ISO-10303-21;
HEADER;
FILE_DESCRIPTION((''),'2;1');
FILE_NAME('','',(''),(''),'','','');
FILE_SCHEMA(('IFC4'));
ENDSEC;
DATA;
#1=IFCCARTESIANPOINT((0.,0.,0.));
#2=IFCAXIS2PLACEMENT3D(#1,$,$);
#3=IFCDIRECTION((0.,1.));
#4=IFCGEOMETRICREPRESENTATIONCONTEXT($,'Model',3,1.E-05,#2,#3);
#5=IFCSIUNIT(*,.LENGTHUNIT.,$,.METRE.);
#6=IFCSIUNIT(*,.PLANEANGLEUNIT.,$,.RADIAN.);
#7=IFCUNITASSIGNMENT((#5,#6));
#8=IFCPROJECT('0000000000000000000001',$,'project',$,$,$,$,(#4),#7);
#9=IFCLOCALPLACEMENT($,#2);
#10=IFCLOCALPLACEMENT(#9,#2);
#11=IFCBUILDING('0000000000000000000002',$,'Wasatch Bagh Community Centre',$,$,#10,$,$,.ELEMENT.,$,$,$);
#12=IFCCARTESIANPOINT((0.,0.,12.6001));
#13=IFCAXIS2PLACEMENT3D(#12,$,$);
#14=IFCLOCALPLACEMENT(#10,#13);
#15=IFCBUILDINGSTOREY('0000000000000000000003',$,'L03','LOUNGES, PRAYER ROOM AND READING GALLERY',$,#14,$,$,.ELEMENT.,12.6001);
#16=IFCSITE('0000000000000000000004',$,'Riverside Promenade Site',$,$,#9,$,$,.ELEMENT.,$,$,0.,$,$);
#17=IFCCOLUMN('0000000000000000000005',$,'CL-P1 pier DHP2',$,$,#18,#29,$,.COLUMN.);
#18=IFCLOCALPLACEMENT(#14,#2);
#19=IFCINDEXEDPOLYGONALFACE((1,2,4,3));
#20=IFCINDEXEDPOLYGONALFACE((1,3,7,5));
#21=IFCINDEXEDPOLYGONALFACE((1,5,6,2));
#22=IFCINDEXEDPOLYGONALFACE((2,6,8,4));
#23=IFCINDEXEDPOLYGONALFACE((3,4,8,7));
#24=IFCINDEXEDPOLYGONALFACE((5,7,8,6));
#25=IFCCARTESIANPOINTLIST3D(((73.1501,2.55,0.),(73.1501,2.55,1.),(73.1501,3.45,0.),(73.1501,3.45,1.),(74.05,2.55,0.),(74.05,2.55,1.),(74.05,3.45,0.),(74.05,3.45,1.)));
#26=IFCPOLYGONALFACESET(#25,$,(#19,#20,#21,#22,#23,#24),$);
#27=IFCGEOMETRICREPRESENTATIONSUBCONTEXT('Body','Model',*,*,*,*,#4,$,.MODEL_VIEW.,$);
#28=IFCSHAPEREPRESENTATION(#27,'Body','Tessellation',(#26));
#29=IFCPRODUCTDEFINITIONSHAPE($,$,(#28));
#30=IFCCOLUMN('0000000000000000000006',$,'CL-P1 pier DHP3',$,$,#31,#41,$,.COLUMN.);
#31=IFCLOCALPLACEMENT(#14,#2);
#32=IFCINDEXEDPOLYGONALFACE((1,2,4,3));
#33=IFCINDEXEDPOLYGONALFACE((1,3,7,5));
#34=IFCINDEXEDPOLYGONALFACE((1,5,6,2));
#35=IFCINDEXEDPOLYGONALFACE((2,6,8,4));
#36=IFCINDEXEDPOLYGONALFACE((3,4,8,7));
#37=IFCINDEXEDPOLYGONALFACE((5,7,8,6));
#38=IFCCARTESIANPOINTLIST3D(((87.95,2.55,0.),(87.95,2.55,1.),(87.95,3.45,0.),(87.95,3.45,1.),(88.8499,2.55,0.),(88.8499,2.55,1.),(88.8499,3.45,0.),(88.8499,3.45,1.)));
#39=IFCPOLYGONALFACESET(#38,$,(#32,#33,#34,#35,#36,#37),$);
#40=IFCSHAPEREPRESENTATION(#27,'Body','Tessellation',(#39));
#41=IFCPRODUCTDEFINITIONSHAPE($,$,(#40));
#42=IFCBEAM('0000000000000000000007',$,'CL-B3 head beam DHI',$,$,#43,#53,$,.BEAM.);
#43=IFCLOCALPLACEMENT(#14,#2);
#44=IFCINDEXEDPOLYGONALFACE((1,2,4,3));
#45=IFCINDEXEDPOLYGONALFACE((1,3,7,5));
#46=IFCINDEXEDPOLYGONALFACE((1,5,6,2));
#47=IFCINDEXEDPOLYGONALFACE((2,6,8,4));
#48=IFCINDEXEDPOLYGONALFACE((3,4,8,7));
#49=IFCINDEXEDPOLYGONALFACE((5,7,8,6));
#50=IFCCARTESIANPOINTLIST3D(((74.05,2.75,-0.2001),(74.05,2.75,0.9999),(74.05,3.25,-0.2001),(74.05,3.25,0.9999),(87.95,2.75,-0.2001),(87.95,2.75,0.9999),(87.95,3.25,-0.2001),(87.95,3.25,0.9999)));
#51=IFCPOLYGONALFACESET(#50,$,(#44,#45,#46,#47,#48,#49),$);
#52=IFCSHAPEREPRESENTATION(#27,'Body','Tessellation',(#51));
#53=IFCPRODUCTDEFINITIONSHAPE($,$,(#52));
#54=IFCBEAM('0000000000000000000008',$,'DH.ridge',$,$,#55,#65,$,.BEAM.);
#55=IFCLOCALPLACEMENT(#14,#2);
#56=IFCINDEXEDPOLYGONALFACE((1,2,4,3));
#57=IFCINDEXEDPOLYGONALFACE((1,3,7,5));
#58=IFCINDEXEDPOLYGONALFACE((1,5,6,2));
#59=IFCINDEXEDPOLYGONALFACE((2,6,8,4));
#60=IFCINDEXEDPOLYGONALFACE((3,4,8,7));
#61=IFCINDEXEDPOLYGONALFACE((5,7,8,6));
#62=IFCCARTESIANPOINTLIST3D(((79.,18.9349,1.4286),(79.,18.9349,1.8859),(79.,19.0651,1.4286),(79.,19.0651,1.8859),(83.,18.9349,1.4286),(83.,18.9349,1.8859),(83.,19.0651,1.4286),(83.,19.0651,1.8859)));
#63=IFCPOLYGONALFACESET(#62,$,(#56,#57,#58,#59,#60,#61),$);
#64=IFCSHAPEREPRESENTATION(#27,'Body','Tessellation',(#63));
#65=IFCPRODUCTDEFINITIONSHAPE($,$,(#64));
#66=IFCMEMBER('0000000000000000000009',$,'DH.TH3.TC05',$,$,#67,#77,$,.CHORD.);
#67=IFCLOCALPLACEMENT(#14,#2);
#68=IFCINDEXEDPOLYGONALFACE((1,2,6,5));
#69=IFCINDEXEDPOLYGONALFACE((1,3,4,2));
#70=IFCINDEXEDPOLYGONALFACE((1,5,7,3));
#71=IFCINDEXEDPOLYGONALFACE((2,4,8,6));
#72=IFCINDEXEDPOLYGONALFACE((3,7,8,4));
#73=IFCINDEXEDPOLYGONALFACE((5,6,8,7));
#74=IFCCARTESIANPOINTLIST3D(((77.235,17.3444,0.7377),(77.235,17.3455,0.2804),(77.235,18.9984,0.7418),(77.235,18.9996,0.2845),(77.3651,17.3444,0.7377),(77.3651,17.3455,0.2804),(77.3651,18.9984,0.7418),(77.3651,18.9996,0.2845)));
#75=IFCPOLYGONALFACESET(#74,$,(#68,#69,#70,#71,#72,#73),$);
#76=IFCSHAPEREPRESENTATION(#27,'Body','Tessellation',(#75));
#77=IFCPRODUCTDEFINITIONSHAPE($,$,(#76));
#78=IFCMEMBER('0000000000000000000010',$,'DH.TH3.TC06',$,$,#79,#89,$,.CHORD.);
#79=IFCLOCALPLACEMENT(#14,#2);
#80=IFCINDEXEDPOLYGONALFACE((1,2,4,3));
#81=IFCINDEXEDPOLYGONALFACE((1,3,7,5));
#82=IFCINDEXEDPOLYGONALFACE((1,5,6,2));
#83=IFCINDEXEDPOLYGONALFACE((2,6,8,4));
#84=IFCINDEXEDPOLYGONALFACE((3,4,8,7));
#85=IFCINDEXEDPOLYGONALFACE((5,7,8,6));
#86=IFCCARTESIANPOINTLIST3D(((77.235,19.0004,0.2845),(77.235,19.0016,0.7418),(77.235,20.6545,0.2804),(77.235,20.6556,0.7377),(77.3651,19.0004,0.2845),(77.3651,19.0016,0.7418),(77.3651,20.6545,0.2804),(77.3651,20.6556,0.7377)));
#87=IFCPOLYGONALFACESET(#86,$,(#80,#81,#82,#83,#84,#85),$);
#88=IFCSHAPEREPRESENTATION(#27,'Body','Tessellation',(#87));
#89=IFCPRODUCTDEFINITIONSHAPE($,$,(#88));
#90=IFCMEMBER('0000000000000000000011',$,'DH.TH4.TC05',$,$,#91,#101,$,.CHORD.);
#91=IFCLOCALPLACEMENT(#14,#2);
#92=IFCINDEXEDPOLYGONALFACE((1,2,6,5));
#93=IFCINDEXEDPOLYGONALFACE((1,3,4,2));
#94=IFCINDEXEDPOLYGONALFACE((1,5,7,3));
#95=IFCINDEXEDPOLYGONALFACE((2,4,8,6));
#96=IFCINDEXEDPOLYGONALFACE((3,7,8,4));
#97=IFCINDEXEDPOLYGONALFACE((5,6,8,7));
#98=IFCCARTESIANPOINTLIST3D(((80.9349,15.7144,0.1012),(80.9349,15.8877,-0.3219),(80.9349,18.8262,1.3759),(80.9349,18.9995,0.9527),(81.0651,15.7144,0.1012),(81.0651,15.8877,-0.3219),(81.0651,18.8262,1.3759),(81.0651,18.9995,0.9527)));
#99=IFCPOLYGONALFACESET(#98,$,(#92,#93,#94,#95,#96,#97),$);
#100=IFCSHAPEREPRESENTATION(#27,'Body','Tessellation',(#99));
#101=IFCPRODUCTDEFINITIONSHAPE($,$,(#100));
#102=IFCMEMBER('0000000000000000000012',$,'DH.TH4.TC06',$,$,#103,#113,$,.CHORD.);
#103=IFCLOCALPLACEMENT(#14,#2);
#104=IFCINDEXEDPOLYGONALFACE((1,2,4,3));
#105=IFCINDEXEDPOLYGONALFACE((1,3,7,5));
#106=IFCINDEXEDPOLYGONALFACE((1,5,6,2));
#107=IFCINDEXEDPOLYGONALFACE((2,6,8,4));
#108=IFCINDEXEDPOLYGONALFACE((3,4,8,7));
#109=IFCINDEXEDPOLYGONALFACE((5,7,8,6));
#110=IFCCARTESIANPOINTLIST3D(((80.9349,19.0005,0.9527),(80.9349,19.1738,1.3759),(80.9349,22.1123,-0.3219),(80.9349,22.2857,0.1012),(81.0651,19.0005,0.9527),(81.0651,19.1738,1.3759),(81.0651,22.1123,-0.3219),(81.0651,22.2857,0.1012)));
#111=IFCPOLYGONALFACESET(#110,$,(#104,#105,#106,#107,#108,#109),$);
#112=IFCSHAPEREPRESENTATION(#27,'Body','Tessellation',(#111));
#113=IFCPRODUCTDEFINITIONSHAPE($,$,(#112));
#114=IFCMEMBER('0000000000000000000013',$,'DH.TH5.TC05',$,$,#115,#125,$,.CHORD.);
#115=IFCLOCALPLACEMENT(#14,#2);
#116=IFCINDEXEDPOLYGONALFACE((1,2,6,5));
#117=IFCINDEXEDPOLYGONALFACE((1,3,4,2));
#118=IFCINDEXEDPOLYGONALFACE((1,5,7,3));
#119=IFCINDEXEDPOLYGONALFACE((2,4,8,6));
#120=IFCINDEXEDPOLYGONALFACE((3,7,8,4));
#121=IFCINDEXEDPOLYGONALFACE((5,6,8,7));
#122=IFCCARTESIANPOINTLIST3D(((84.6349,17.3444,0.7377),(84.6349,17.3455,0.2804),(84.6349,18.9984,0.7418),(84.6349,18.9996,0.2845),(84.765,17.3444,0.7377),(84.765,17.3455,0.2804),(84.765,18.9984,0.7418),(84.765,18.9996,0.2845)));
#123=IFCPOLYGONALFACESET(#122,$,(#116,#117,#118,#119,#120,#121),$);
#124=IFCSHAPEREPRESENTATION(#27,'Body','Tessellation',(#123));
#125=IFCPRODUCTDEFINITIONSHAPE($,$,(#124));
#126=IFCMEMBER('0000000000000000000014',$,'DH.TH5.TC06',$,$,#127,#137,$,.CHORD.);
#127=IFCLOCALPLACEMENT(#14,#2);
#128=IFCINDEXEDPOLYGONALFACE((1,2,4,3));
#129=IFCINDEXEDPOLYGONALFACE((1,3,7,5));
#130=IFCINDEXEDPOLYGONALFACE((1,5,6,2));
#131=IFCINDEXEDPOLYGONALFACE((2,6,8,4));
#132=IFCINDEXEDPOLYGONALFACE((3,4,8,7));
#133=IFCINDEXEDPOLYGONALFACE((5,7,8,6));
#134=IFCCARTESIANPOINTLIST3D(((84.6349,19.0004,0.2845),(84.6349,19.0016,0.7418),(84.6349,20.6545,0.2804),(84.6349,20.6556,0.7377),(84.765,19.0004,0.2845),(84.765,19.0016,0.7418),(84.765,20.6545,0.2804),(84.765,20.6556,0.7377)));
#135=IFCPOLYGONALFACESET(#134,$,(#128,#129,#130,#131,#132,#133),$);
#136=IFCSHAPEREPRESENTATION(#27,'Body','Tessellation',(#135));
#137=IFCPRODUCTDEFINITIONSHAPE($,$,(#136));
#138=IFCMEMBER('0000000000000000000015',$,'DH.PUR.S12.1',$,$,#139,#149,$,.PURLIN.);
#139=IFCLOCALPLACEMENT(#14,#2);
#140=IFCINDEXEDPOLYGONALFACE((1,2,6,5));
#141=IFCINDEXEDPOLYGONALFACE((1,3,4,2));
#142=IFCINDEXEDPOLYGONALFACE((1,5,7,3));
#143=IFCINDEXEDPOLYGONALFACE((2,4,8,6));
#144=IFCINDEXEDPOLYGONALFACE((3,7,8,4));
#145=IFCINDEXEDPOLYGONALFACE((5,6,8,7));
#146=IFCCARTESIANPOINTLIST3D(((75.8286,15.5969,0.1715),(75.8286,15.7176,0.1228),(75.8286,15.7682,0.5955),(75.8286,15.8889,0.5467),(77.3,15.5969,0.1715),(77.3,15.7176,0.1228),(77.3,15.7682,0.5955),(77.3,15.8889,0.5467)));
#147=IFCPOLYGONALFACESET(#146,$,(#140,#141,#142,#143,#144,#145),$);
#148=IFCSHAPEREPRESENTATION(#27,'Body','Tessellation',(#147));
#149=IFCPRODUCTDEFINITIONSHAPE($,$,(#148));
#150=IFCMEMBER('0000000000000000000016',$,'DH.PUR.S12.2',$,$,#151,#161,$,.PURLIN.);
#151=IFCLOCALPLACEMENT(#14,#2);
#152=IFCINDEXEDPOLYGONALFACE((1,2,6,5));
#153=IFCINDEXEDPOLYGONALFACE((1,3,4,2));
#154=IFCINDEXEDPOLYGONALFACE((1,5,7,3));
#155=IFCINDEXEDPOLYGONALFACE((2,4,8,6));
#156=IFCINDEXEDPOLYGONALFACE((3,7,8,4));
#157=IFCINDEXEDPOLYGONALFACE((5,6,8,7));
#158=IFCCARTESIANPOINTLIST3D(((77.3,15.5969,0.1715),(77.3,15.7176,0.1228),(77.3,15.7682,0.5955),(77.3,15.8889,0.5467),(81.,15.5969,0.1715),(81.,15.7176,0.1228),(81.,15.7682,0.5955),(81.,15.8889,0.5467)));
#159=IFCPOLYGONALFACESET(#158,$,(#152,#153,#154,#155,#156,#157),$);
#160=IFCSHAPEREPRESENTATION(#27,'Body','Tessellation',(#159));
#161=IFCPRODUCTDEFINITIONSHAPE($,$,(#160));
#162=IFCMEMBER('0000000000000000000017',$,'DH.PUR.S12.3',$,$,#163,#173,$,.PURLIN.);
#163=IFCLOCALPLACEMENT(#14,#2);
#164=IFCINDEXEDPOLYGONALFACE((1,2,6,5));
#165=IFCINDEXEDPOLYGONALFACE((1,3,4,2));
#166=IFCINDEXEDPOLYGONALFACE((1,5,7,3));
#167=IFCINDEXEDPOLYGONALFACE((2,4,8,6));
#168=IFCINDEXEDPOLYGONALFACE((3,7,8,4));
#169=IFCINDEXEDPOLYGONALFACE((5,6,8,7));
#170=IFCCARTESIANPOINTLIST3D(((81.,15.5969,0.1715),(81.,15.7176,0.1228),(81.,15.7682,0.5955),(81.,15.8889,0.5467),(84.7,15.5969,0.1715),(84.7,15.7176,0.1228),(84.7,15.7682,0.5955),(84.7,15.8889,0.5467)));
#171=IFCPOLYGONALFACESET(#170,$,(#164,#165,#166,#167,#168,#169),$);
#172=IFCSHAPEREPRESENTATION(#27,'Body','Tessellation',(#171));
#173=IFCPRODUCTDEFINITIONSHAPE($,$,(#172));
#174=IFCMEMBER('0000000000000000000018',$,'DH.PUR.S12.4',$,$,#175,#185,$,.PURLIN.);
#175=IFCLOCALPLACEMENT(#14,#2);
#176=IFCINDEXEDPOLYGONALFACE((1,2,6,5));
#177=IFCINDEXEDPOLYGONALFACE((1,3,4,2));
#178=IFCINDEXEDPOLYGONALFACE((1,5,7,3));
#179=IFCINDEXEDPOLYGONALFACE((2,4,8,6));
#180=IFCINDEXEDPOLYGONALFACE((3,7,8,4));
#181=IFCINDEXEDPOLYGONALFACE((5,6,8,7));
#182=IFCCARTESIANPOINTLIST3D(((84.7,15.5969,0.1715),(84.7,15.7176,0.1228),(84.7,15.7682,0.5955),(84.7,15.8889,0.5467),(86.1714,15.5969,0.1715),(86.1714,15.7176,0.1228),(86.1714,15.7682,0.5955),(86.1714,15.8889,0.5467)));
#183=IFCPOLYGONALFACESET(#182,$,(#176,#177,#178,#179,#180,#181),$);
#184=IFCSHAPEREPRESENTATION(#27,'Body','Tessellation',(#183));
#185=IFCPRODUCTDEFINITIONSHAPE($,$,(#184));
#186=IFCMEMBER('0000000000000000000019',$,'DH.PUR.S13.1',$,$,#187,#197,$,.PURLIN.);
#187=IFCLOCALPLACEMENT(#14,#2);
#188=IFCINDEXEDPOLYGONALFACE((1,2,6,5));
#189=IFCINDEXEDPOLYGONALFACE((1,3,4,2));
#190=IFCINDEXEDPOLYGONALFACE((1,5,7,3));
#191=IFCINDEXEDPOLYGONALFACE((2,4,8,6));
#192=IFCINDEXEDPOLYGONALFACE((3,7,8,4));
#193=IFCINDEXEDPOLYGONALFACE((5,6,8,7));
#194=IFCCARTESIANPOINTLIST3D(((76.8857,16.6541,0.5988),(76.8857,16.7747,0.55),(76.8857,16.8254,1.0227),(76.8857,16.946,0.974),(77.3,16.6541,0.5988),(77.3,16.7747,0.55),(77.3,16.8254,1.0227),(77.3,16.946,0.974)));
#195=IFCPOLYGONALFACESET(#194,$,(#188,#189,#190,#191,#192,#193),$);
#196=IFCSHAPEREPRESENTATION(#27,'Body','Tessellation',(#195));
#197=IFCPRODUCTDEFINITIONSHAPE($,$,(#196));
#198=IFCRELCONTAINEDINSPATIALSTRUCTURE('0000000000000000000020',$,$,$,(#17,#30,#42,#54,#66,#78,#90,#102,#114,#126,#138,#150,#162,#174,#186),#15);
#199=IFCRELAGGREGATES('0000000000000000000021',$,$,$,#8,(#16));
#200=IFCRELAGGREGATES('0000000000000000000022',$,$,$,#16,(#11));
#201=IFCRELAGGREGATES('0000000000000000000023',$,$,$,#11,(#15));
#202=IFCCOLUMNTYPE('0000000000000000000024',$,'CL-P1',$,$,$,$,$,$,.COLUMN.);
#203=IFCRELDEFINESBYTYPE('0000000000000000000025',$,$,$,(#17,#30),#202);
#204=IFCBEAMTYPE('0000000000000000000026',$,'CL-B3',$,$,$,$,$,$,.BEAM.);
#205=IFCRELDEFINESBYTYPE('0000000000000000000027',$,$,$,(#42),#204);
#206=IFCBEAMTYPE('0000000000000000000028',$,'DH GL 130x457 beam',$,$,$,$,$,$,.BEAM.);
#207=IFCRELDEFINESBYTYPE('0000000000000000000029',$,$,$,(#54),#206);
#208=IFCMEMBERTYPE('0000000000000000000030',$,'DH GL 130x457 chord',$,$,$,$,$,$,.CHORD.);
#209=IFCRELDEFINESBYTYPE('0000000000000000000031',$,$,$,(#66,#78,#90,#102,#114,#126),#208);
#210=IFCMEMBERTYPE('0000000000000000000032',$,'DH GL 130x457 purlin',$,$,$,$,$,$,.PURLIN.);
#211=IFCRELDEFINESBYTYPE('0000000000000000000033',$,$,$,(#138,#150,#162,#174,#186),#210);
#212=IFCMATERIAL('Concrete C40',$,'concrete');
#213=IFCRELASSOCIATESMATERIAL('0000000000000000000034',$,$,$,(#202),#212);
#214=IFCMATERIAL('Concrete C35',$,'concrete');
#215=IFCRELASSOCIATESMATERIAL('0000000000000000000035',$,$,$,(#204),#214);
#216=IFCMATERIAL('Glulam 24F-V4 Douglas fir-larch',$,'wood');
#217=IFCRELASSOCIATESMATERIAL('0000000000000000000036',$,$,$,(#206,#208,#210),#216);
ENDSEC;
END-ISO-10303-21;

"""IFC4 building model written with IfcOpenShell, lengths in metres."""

from ifc_helpers import new_model, si_unit, direction, frame, origin, origin_2d, place, context, subcontext, project, spatial, rectangle, extrude, material, material_profile, profile_set, type_object, element, save


model = new_model("IFC4")

# Units and contexts
model_context = context("Model", 3, precision=1e-05, world=origin(), true_north=direction((0.0, 1.0)))
body_context = subcontext(model_context, "Body", "Model", "MODEL_VIEW")
ifc_project = project(units=[si_unit("LENGTHUNIT", "METRE"), si_unit("PLANEANGLEUNIT", "RADIAN")], contexts=[model_context])

# Site, building, storey
site_placement = place(None, origin())
site = spatial("IfcSite", under=ifc_project, at=site_placement, Name="Riverside Promenade Site", CompositionType="ELEMENT", RefElevation=0.0)
building_placement = place(site_placement, origin())
building = spatial("IfcBuilding", under=site, at=building_placement, Name="Wasatch Bagh Community Centre", CompositionType="ELEMENT")
storey_placement = place(building_placement, frame((0.0, 0.0, 12.6001)))
storey = spatial("IfcBuildingStorey", under=building, at=storey_placement, Name="L03", Description="LOUNGES, PRAYER ROOM AND READING GALLERY", CompositionType="ELEMENT", Elevation=12.6001)

# Columns
ifc_material_1 = material(Name="Concrete C40", Category="concrete")
ifc_material_profile_1 = material_profile(ifc_material_1, rectangle(XDim=0.8999, YDim=0.8999, at=origin_2d()), Name="RC 900x900")
ifc_profile_set_1 = profile_set([ifc_material_profile_1], Name="Concrete C40")
column_type = type_object("IfcColumnType", Name="CL-P1", PredefinedType="COLUMN", material=ifc_profile_set_1)
for number, where, z_axis, x_axis, name in (
    (1, (73.6001, 3.0, 0.0), (0.0, 0.0, 1.0), (1.0, 0.0, 0.0), "CL-P1 pier DHP2"),
    (2, (88.3999, 3.0, 0.0), (0.0, 0.0, 1.0), (1.0, 0.0, 0.0), "CL-P1 pier DHP3"),
):
    element("IfcColumn", number, at=place(storey_placement, frame(where, z_axis=z_axis, x_axis=x_axis)), inside=storey, type_object=column_type, Name=name, PredefinedType="COLUMN", context=body_context, shape_type="SweptSolid", body=[
        extrude(rectangle(XDim=0.8999, YDim=0.8999, at=origin_2d()), origin(), (0.0, 0.0, 1.0), 1.0),
    ])

# Beams
ifc_material_2 = material(Name="Concrete C35", Category="concrete")
ifc_material_profile_2 = material_profile(ifc_material_2, rectangle(XDim=0.5, YDim=1.2, at=origin_2d()), Name="RC 500x1200")
ifc_profile_set_2 = profile_set([ifc_material_profile_2], Name="Concrete C35")
beam_type_1 = type_object("IfcBeamType", Name="CL-B3", PredefinedType="BEAM", material=ifc_profile_set_2)
beam_1_placement = place(storey_placement, frame((74.05, 3.0, 0.3999), z_axis=(1.0, 0.0, 0.0), x_axis=(0.0, 1.0, 0.0)))
element("IfcBeam", 3, at=beam_1_placement, inside=storey, type_object=beam_type_1, Name="CL-B3 head beam DHI", PredefinedType="BEAM", context=body_context, shape_type="SweptSolid", body=[
    extrude(rectangle(XDim=0.5, YDim=1.2, at=origin_2d()), origin(), (0.0, 0.0, 1.0), 13.8999),
])
ifc_material_3 = material(Name="Glulam 24F-V4 Douglas fir-larch", Category="wood")
ifc_material_profile_3 = material_profile(ifc_material_3, rectangle(XDim=0.1301, YDim=0.4573, at=origin_2d()), Name="GL 130x457")
ifc_profile_set_3 = profile_set([ifc_material_profile_3], Name="Glulam 24F-V4 Douglas fir-larch")
beam_type_2 = type_object("IfcBeamType", Name="DH GL 130x457 beam", PredefinedType="BEAM", material=ifc_profile_set_3)
beam_2_placement = place(storey_placement, frame((79.0, 19.0, 1.6572), z_axis=(1.0, 0.0, 0.0), x_axis=(0.0, 1.0, 0.0)))
element("IfcBeam", 4, at=beam_2_placement, inside=storey, type_object=beam_type_2, Name="DH.ridge", PredefinedType="BEAM", context=body_context, shape_type="SweptSolid", body=[
    extrude(rectangle(XDim=0.1301, YDim=0.4573, at=origin_2d()), origin(), (0.0, 0.0, 1.0), 4.0),
])

# Members
ifc_material_profile_4 = material_profile(ifc_material_3, rectangle(XDim=0.1301, YDim=0.4573, at=origin_2d()), Name="GL 130x457")
ifc_profile_set_4 = profile_set([ifc_material_profile_4], Name="Glulam 24F-V4 Douglas fir-larch")
member_type_1 = type_object("IfcMemberType", Name="DH GL 130x457 chord", PredefinedType="CHORD", material=ifc_profile_set_4)
for number, where, z_axis, x_axis, name in (
    (5, (77.3, 17.345, 0.509), (0.0, 0.999997, 0.002509), (-1.0, 0.0, 0.0), "DH.TH3.TC05"),
    (6, (77.3, 19.001, 0.5132), (0.0, 0.999997, -0.002509), (-1.0, 0.0, 0.0), "DH.TH3.TC06"),
):
    element("IfcMember", number, at=place(storey_placement, frame(where, z_axis=z_axis, x_axis=x_axis)), inside=storey, type_object=member_type_1, Name=name, PredefinedType="CHORD", context=body_context, shape_type="SweptSolid", body=[
        extrude(rectangle(XDim=0.1301, YDim=0.4573, at=origin_2d()), origin(), (0.0, 0.0, 1.0), 1.6541),
    ])
for number, where, z_axis, x_axis, name in (
    (7, (81.0, 15.801, -0.1104), (0.0, 0.925376, 0.379051), (-1.0, 0.0, 0.0), "DH.TH4.TC05"),
    (8, (81.0, 19.0872, 1.1643), (0.0, 0.925376, -0.379051), (-1.0, 0.0, 0.0), "DH.TH4.TC06"),
):
    element("IfcMember", number, at=place(storey_placement, frame(where, z_axis=z_axis, x_axis=x_axis)), inside=storey, type_object=member_type_1, Name=name, PredefinedType="CHORD", context=body_context, shape_type="SweptSolid", body=[
        extrude(rectangle(XDim=0.1301, YDim=0.4573, at=origin_2d()), origin(), (0.0, 0.0, 1.0), 3.3628),
    ])
for number, where, z_axis, x_axis, name in (
    (9, (84.7, 17.345, 0.509), (0.0, 0.999997, 0.002509), (-1.0, 0.0, 0.0), "DH.TH5.TC05"),
    (10, (84.7, 19.001, 0.5132), (0.0, 0.999997, -0.002509), (-1.0, 0.0, 0.0), "DH.TH5.TC06"),
):
    element("IfcMember", number, at=place(storey_placement, frame(where, z_axis=z_axis, x_axis=x_axis)), inside=storey, type_object=member_type_1, Name=name, PredefinedType="CHORD", context=body_context, shape_type="SweptSolid", body=[
        extrude(rectangle(XDim=0.1301, YDim=0.4573, at=origin_2d()), origin(), (0.0, 0.0, 1.0), 1.6541),
    ])
ifc_material_profile_5 = material_profile(ifc_material_3, rectangle(XDim=0.1301, YDim=0.4573, at=origin_2d()), Name="GL 130x457")
ifc_profile_set_5 = profile_set([ifc_material_profile_5], Name="Glulam 24F-V4 Douglas fir-larch")
member_type_2 = type_object("IfcMemberType", Name="DH GL 130x457 purlin", PredefinedType="PURLIN", material=ifc_profile_set_5)
member_1_placement = place(storey_placement, frame((75.8286, 15.7429, 0.3591), z_axis=(1.0, 0.0, 0.0), x_axis=(0.0, 0.927184, -0.374607)))
element("IfcMember", 11, at=member_1_placement, inside=storey, type_object=member_type_2, Name="DH.PUR.S12.1", PredefinedType="PURLIN", context=body_context, shape_type="SweptSolid", body=[
    extrude(rectangle(XDim=0.1301, YDim=0.4573, at=origin_2d()), origin(), (0.0, 0.0, 1.0), 1.4714),
])
for number, where, z_axis, x_axis, name in (
    (12, (77.3, 15.7429, 0.3591), (1.0, 0.0, 0.0), (0.0, 0.927184, -0.374607), "DH.PUR.S12.2"),
    (13, (81.0, 15.7429, 0.3591), (1.0, 0.0, 0.0), (0.0, 0.927184, -0.374607), "DH.PUR.S12.3"),
):
    element("IfcMember", number, at=place(storey_placement, frame(where, z_axis=z_axis, x_axis=x_axis)), inside=storey, type_object=member_type_2, Name=name, PredefinedType="PURLIN", context=body_context, shape_type="SweptSolid", body=[
        extrude(rectangle(XDim=0.1301, YDim=0.4573, at=origin_2d()), origin(), (0.0, 0.0, 1.0), 3.7),
    ])
member_2_placement = place(storey_placement, frame((84.7, 15.7429, 0.3591), z_axis=(1.0, 0.0, 0.0), x_axis=(0.0, 0.927184, -0.374607)))
element("IfcMember", 14, at=member_2_placement, inside=storey, type_object=member_type_2, Name="DH.PUR.S12.4", PredefinedType="PURLIN", context=body_context, shape_type="SweptSolid", body=[
    extrude(rectangle(XDim=0.1301, YDim=0.4573, at=origin_2d()), origin(), (0.0, 0.0, 1.0), 1.4714),
])
member_3_placement = place(storey_placement, frame((76.8857, 16.8, 0.7864), z_axis=(1.0, 0.0, 0.0), x_axis=(0.0, 0.927184, -0.374607)))
element("IfcMember", 15, at=member_3_placement, inside=storey, type_object=member_type_2, Name="DH.PUR.S13.1", PredefinedType="PURLIN", context=body_context, shape_type="SweptSolid", body=[
    extrude(rectangle(XDim=0.1301, YDim=0.4573, at=origin_2d()), origin(), (0.0, 0.0, 1.0), 0.4143),
])

save(model, "model.ifc")
